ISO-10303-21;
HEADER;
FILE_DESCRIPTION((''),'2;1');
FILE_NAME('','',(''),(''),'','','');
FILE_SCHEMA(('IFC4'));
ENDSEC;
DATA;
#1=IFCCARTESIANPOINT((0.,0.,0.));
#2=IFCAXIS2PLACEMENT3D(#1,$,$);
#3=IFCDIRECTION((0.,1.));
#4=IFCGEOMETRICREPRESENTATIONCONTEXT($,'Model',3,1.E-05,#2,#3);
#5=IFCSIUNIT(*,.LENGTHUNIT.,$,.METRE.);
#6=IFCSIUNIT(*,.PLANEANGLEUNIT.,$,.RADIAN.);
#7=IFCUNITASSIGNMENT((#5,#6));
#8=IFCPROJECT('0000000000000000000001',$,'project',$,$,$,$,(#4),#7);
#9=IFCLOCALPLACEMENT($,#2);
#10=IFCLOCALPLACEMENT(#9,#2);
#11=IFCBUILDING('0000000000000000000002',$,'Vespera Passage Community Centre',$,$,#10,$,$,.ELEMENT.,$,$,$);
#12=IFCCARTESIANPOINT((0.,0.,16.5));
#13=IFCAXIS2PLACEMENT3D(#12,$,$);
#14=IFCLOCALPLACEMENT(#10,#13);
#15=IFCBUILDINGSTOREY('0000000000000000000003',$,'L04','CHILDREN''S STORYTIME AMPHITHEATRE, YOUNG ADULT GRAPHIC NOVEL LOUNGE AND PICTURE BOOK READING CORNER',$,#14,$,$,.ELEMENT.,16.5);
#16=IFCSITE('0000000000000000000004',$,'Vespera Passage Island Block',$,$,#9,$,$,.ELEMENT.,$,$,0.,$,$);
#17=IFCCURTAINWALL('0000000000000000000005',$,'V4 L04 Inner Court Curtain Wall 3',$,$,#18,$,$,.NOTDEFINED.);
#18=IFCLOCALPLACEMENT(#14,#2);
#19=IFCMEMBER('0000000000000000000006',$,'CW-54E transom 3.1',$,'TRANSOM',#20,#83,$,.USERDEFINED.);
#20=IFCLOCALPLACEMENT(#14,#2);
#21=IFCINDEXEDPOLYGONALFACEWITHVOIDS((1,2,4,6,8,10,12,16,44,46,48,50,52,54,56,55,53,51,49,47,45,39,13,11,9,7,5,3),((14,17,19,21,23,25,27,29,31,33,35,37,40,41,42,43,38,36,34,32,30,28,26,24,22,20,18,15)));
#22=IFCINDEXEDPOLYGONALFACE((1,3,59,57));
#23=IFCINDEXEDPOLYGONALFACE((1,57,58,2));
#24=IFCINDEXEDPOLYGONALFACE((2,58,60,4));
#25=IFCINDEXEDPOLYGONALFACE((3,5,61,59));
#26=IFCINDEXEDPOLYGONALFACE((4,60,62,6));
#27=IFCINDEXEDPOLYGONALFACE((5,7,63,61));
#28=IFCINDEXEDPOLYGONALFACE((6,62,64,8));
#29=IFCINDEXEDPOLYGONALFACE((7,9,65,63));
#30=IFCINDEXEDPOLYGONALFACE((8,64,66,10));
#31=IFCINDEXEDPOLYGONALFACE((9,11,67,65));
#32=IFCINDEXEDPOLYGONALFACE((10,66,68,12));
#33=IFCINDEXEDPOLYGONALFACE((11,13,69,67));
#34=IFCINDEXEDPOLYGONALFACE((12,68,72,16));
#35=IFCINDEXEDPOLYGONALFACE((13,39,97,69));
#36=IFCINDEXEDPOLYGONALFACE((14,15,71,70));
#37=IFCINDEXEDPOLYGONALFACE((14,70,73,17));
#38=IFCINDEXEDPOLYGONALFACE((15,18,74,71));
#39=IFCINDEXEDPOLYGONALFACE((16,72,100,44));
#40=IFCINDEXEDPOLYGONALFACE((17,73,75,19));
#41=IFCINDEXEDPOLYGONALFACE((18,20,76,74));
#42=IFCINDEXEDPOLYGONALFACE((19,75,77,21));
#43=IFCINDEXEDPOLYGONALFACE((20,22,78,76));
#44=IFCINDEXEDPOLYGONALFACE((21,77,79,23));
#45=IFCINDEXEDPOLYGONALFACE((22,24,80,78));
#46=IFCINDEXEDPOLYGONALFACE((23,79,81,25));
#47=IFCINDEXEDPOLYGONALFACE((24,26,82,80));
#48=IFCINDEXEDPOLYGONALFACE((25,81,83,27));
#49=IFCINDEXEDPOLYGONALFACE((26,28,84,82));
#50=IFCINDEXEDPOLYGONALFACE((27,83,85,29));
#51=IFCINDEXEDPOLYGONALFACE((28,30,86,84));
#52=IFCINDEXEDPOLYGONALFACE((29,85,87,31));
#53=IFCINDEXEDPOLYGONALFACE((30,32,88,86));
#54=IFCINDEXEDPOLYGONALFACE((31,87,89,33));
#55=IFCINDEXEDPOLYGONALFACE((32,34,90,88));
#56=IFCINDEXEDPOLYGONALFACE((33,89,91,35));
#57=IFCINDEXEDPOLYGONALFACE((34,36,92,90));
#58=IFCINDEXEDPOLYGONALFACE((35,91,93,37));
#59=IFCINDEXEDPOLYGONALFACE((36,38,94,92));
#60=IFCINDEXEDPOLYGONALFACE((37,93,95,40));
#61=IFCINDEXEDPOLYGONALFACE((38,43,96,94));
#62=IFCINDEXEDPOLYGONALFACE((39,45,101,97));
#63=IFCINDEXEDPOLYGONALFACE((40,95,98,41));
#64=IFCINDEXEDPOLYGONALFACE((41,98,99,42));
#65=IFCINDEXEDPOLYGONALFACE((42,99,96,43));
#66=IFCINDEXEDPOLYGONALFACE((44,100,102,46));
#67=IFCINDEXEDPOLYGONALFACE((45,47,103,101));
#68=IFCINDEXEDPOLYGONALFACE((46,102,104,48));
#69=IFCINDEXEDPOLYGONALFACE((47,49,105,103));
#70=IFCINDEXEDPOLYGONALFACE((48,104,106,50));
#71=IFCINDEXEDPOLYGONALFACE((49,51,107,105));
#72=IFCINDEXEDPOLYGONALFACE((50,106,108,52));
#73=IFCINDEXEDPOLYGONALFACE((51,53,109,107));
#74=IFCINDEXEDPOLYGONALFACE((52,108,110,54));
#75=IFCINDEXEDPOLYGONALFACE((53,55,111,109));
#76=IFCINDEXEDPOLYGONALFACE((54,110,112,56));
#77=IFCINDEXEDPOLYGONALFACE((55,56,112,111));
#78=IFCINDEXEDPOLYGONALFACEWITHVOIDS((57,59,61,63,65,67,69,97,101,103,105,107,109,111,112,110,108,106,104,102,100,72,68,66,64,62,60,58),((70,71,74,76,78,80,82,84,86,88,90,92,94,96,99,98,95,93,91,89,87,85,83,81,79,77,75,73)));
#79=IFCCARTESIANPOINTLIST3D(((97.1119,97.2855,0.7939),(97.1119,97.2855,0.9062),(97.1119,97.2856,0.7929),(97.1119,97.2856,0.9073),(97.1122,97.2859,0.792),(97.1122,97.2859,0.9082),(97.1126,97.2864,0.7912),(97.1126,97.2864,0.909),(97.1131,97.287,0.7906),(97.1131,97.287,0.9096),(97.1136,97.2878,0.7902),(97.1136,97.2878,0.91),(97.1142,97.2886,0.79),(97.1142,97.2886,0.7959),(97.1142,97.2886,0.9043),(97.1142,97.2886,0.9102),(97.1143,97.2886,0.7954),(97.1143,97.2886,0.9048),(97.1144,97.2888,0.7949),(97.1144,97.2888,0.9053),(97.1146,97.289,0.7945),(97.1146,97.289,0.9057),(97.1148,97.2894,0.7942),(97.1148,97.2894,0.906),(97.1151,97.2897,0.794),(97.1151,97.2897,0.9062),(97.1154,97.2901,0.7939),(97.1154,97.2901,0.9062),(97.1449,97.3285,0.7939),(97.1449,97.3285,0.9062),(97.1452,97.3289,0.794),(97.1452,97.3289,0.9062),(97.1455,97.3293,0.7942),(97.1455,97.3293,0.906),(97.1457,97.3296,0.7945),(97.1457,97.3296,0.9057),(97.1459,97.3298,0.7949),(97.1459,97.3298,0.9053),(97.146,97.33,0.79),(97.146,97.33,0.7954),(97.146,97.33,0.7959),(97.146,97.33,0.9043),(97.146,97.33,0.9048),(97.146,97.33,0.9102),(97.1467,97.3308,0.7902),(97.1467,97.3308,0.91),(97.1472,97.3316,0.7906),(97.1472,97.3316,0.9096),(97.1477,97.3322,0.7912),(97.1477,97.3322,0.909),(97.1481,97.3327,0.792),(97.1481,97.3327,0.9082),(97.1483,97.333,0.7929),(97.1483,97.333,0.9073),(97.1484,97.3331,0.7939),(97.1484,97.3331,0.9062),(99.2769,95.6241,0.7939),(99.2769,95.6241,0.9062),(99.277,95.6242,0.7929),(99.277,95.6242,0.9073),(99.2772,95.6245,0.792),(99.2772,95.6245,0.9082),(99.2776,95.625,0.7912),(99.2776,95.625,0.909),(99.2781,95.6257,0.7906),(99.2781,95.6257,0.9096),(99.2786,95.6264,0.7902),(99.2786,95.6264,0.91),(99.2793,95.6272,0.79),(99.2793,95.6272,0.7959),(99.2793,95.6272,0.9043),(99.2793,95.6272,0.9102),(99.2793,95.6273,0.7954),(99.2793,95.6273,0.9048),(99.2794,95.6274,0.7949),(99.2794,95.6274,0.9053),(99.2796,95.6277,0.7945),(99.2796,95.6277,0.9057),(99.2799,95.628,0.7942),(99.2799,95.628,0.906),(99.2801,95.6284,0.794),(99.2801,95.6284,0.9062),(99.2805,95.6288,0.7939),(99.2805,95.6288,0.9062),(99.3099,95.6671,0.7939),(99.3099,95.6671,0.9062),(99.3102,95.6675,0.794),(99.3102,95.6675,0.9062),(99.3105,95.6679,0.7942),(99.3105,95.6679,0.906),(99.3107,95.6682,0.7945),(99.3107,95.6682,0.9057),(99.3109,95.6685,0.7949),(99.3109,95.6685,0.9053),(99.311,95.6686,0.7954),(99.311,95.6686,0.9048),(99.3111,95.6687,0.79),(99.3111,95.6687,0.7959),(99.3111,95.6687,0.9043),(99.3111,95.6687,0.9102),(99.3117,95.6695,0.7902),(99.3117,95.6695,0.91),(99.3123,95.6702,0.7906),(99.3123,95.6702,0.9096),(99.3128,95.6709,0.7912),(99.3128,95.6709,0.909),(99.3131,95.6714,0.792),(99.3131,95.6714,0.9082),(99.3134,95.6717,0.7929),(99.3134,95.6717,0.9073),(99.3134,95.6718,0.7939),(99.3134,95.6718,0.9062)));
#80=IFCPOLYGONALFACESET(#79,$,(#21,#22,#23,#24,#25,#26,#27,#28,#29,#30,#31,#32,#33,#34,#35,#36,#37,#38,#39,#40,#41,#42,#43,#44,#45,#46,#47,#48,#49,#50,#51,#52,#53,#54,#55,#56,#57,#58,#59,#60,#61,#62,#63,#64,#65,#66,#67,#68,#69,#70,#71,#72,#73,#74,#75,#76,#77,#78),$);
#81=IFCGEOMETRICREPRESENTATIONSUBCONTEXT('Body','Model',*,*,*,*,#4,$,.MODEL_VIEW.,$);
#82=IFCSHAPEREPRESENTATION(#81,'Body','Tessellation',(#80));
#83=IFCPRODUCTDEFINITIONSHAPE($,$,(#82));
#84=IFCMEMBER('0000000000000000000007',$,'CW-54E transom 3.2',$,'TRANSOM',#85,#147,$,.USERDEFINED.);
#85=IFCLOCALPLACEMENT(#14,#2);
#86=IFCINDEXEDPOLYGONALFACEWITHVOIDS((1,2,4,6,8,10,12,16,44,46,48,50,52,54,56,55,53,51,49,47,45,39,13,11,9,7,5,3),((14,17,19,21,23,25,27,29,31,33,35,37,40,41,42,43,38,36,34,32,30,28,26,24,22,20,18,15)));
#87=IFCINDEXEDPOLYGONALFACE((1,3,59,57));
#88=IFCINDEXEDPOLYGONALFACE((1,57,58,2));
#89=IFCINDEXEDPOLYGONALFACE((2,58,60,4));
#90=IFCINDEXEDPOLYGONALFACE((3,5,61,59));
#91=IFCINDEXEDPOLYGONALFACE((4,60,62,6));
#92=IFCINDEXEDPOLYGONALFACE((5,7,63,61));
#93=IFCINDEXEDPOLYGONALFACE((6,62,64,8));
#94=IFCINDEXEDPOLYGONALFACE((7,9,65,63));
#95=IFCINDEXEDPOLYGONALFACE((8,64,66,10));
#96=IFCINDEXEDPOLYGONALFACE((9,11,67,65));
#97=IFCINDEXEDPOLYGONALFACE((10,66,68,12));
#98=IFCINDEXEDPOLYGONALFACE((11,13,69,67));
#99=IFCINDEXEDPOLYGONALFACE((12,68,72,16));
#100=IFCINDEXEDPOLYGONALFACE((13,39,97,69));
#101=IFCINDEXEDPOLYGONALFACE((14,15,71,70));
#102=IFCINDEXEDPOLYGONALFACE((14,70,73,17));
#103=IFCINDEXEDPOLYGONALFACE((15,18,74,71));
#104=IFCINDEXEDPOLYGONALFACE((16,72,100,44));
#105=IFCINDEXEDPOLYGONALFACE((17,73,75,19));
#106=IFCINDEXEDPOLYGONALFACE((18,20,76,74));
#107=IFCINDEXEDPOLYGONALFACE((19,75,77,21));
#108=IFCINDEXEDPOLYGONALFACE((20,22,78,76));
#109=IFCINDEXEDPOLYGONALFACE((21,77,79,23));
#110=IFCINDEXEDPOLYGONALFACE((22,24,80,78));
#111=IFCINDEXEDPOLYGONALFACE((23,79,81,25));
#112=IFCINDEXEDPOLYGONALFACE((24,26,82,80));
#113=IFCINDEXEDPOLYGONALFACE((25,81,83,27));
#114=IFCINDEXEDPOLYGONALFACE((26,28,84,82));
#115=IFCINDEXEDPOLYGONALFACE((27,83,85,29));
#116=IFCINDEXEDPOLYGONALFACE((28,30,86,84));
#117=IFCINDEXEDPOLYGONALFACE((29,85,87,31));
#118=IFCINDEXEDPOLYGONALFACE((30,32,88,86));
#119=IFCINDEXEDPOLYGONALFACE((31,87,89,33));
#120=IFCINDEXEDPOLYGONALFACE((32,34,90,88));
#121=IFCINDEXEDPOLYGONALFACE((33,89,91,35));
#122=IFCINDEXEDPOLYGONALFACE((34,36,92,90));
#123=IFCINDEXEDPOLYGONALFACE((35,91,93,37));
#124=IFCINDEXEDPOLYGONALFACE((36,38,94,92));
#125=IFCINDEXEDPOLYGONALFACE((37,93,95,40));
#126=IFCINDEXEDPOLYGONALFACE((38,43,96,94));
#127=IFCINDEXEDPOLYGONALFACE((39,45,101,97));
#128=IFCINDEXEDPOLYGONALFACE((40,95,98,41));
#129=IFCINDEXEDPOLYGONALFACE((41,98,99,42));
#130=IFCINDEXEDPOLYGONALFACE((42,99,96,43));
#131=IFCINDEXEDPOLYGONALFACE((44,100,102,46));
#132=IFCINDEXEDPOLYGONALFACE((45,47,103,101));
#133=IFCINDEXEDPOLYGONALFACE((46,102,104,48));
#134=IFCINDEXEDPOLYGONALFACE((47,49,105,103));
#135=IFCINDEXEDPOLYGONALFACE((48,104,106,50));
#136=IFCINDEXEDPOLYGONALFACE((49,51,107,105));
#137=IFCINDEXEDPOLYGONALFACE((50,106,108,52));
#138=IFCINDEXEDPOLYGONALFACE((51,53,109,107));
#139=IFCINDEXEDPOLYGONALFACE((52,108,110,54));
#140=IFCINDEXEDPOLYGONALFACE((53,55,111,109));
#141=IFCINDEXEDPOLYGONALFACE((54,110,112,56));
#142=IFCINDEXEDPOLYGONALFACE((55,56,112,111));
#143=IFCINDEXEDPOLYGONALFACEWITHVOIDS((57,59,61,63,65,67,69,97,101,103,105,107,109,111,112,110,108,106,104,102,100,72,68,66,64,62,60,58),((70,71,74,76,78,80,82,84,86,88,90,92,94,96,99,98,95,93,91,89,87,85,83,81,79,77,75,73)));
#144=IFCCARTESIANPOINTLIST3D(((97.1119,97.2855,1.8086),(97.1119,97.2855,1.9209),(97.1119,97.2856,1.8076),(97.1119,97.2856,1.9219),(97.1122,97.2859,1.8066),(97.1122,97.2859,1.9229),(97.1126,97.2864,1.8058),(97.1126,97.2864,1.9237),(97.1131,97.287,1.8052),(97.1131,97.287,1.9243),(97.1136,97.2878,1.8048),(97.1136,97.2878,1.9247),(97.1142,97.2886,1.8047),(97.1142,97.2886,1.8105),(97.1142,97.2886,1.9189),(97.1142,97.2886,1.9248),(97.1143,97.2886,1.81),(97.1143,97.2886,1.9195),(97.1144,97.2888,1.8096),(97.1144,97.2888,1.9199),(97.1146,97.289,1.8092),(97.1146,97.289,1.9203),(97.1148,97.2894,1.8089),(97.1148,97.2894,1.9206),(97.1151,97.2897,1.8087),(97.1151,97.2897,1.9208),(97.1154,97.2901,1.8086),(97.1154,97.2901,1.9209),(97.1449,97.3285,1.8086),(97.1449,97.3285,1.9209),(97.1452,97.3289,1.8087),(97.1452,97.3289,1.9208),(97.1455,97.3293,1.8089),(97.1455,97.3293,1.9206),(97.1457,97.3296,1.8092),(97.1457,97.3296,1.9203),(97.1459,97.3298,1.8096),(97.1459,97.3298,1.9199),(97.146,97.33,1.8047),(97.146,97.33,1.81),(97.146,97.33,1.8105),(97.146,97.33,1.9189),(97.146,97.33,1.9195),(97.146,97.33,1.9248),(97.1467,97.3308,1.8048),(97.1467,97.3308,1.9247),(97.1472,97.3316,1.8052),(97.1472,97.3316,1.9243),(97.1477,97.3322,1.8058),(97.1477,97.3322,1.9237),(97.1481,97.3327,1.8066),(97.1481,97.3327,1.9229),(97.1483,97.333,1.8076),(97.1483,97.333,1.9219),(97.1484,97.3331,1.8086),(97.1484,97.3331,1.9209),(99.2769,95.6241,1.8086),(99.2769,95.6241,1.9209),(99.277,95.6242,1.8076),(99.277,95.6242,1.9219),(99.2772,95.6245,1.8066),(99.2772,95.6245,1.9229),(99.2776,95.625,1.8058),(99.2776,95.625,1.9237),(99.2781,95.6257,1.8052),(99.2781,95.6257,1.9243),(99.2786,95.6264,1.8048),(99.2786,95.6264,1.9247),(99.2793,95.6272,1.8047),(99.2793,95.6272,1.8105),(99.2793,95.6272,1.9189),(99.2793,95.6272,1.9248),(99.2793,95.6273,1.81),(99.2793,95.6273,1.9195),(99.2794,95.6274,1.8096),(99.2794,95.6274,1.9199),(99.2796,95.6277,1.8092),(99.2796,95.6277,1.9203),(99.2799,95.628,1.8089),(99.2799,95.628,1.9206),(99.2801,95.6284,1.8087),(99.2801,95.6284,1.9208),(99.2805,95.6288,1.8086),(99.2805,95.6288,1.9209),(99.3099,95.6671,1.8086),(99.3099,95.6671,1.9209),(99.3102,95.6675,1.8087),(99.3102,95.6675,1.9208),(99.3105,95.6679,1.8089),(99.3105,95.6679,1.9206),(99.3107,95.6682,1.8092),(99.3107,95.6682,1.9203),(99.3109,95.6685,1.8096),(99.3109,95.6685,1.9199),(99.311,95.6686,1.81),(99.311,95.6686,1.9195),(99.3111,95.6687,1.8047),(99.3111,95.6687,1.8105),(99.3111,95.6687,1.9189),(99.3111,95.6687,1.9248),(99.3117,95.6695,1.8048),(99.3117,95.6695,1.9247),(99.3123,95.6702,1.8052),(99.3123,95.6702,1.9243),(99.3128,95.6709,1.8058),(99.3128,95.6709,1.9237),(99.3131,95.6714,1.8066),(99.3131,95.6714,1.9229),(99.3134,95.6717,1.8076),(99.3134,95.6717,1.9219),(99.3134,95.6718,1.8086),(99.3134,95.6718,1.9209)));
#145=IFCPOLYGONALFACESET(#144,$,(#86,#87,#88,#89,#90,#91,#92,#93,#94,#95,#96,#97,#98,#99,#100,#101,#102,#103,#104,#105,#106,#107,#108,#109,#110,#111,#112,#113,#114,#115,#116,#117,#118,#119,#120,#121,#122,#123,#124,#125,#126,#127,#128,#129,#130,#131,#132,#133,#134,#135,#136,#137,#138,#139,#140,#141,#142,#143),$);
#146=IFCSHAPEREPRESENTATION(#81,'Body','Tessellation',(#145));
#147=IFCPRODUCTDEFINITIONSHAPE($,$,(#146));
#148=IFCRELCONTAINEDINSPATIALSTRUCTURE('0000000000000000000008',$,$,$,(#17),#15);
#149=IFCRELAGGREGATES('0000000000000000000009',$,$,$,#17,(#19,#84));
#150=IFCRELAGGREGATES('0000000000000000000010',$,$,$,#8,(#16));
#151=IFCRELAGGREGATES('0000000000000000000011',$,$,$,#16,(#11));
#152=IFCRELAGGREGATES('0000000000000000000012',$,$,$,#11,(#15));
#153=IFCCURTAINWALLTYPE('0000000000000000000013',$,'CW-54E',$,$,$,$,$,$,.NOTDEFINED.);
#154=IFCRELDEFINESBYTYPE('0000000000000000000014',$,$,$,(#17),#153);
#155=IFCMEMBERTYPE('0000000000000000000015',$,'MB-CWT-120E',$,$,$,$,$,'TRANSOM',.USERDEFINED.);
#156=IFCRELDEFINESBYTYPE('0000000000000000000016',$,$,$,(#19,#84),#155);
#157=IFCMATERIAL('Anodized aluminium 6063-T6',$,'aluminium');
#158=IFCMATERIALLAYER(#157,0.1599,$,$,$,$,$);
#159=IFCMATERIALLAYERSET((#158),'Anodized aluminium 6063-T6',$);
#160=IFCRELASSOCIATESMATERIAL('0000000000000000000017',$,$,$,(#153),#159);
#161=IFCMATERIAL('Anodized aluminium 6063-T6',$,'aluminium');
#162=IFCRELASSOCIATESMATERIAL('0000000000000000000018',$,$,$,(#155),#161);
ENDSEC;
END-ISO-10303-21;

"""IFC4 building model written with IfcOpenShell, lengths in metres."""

from ifc_helpers import new_model, si_unit, direction, frame, origin, origin_2d, place, context, subcontext, project, spatial, hollow_rectangle, extrude, material, layer, layer_set, material_profile, profile_set, type_object, element, aggregate, save


model = new_model("IFC4")

# Units and contexts
model_context = context("Model", 3, precision=1e-05, world=origin(), true_north=direction((0.0, 1.0)))
body_context = subcontext(model_context, "Body", "Model", "MODEL_VIEW")
ifc_project = project(units=[si_unit("LENGTHUNIT", "METRE"), si_unit("PLANEANGLEUNIT", "RADIAN")], contexts=[model_context])

# Site, building, storey
site_placement = place(None, origin())
site = spatial("IfcSite", under=ifc_project, at=site_placement, Name="Vespera Passage Island Block", CompositionType="ELEMENT", RefElevation=0.0)
building_placement = place(site_placement, origin())
building = spatial("IfcBuilding", under=site, at=building_placement, Name="Vespera Passage Community Centre", CompositionType="ELEMENT")
storey_placement = place(building_placement, frame((0.0, 0.0, 16.5)))
storey = spatial("IfcBuildingStorey", under=building, at=storey_placement, Name="L04", Description="CHILDREN'S STORYTIME AMPHITHEATRE, YOUNG ADULT GRAPHIC NOVEL LOUNGE AND PICTURE BOOK READING CORNER", CompositionType="ELEMENT", Elevation=16.5)

# Curtain wall
ifc_material_1 = material(Name="Anodized aluminium 6063-T6", Category="aluminium")
ifc_layer_1 = layer(ifc_material_1, 0.1599)
ifc_layer_set_1 = layer_set([ifc_layer_1], Name="Anodized aluminium 6063-T6")
curtain_wall_type_1 = type_object("IfcCurtainWallType", Name="CW-54E", PredefinedType="NOTDEFINED", material=ifc_layer_set_1)
curtain_wall_1_placement = place(storey_placement, origin())
curtain_wall_1 = element("IfcCurtainWall", 1, at=curtain_wall_1_placement, inside=storey, type_object=curtain_wall_type_1, Name="V4 L04 Inner Court Curtain Wall 3", PredefinedType="NOTDEFINED")

# Members
ifc_material_2 = material(Name="Anodized aluminium 6063-T6", Category="aluminium")
ifc_material_profile_1 = material_profile(ifc_material_2, hollow_rectangle(XDim=0.0601, YDim=0.1201, WallThickness=0.0039, InnerFilletRadius=0.002, OuterFilletRadius=0.0039, at=origin_2d()), Name="ALU120X60X4")
ifc_profile_set_1 = profile_set([ifc_material_profile_1], Name="Anodized aluminium 6063-T6")
member_type_1 = type_object("IfcMemberType", Name="MB-CWT-120E", ElementType="TRANSOM", PredefinedType="USERDEFINED", material=ifc_profile_set_1)
member_1_placement = place(storey_placement, frame((99.2952, 95.6479, 0.8501), z_axis=(-0.793338, 0.608781, 0.0), x_axis=(-0.608781, -0.793338, 0.0)))
member_1 = element("IfcMember", 2, at=member_1_placement, type_object=member_type_1, Name="CW-54E transom 3.1", ObjectType="TRANSOM", PredefinedType="USERDEFINED", context=body_context, shape_type="SweptSolid", body=[
    extrude(hollow_rectangle(XDim=0.0601, YDim=0.1201, WallThickness=0.0039, InnerFilletRadius=0.002, OuterFilletRadius=0.0039, at=origin_2d()), origin(), (0.0, 0.0, 1.0), 2.729),
])
member_2_placement = place(storey_placement, frame((99.2952, 95.6479, 1.8647), z_axis=(-0.793338, 0.608781, 0.0), x_axis=(-0.608781, -0.793338, 0.0)))
member_2 = element("IfcMember", 3, at=member_2_placement, type_object=member_type_1, Name="CW-54E transom 3.2", ObjectType="TRANSOM", PredefinedType="USERDEFINED", context=body_context, shape_type="SweptSolid", body=[
    extrude(hollow_rectangle(XDim=0.0601, YDim=0.1201, WallThickness=0.0039, InnerFilletRadius=0.002, OuterFilletRadius=0.0039, at=origin_2d()), origin(), (0.0, 0.0, 1.0), 2.729),
])

aggregate(curtain_wall_1, [member_1, member_2])

save(model, "model.ifc")
